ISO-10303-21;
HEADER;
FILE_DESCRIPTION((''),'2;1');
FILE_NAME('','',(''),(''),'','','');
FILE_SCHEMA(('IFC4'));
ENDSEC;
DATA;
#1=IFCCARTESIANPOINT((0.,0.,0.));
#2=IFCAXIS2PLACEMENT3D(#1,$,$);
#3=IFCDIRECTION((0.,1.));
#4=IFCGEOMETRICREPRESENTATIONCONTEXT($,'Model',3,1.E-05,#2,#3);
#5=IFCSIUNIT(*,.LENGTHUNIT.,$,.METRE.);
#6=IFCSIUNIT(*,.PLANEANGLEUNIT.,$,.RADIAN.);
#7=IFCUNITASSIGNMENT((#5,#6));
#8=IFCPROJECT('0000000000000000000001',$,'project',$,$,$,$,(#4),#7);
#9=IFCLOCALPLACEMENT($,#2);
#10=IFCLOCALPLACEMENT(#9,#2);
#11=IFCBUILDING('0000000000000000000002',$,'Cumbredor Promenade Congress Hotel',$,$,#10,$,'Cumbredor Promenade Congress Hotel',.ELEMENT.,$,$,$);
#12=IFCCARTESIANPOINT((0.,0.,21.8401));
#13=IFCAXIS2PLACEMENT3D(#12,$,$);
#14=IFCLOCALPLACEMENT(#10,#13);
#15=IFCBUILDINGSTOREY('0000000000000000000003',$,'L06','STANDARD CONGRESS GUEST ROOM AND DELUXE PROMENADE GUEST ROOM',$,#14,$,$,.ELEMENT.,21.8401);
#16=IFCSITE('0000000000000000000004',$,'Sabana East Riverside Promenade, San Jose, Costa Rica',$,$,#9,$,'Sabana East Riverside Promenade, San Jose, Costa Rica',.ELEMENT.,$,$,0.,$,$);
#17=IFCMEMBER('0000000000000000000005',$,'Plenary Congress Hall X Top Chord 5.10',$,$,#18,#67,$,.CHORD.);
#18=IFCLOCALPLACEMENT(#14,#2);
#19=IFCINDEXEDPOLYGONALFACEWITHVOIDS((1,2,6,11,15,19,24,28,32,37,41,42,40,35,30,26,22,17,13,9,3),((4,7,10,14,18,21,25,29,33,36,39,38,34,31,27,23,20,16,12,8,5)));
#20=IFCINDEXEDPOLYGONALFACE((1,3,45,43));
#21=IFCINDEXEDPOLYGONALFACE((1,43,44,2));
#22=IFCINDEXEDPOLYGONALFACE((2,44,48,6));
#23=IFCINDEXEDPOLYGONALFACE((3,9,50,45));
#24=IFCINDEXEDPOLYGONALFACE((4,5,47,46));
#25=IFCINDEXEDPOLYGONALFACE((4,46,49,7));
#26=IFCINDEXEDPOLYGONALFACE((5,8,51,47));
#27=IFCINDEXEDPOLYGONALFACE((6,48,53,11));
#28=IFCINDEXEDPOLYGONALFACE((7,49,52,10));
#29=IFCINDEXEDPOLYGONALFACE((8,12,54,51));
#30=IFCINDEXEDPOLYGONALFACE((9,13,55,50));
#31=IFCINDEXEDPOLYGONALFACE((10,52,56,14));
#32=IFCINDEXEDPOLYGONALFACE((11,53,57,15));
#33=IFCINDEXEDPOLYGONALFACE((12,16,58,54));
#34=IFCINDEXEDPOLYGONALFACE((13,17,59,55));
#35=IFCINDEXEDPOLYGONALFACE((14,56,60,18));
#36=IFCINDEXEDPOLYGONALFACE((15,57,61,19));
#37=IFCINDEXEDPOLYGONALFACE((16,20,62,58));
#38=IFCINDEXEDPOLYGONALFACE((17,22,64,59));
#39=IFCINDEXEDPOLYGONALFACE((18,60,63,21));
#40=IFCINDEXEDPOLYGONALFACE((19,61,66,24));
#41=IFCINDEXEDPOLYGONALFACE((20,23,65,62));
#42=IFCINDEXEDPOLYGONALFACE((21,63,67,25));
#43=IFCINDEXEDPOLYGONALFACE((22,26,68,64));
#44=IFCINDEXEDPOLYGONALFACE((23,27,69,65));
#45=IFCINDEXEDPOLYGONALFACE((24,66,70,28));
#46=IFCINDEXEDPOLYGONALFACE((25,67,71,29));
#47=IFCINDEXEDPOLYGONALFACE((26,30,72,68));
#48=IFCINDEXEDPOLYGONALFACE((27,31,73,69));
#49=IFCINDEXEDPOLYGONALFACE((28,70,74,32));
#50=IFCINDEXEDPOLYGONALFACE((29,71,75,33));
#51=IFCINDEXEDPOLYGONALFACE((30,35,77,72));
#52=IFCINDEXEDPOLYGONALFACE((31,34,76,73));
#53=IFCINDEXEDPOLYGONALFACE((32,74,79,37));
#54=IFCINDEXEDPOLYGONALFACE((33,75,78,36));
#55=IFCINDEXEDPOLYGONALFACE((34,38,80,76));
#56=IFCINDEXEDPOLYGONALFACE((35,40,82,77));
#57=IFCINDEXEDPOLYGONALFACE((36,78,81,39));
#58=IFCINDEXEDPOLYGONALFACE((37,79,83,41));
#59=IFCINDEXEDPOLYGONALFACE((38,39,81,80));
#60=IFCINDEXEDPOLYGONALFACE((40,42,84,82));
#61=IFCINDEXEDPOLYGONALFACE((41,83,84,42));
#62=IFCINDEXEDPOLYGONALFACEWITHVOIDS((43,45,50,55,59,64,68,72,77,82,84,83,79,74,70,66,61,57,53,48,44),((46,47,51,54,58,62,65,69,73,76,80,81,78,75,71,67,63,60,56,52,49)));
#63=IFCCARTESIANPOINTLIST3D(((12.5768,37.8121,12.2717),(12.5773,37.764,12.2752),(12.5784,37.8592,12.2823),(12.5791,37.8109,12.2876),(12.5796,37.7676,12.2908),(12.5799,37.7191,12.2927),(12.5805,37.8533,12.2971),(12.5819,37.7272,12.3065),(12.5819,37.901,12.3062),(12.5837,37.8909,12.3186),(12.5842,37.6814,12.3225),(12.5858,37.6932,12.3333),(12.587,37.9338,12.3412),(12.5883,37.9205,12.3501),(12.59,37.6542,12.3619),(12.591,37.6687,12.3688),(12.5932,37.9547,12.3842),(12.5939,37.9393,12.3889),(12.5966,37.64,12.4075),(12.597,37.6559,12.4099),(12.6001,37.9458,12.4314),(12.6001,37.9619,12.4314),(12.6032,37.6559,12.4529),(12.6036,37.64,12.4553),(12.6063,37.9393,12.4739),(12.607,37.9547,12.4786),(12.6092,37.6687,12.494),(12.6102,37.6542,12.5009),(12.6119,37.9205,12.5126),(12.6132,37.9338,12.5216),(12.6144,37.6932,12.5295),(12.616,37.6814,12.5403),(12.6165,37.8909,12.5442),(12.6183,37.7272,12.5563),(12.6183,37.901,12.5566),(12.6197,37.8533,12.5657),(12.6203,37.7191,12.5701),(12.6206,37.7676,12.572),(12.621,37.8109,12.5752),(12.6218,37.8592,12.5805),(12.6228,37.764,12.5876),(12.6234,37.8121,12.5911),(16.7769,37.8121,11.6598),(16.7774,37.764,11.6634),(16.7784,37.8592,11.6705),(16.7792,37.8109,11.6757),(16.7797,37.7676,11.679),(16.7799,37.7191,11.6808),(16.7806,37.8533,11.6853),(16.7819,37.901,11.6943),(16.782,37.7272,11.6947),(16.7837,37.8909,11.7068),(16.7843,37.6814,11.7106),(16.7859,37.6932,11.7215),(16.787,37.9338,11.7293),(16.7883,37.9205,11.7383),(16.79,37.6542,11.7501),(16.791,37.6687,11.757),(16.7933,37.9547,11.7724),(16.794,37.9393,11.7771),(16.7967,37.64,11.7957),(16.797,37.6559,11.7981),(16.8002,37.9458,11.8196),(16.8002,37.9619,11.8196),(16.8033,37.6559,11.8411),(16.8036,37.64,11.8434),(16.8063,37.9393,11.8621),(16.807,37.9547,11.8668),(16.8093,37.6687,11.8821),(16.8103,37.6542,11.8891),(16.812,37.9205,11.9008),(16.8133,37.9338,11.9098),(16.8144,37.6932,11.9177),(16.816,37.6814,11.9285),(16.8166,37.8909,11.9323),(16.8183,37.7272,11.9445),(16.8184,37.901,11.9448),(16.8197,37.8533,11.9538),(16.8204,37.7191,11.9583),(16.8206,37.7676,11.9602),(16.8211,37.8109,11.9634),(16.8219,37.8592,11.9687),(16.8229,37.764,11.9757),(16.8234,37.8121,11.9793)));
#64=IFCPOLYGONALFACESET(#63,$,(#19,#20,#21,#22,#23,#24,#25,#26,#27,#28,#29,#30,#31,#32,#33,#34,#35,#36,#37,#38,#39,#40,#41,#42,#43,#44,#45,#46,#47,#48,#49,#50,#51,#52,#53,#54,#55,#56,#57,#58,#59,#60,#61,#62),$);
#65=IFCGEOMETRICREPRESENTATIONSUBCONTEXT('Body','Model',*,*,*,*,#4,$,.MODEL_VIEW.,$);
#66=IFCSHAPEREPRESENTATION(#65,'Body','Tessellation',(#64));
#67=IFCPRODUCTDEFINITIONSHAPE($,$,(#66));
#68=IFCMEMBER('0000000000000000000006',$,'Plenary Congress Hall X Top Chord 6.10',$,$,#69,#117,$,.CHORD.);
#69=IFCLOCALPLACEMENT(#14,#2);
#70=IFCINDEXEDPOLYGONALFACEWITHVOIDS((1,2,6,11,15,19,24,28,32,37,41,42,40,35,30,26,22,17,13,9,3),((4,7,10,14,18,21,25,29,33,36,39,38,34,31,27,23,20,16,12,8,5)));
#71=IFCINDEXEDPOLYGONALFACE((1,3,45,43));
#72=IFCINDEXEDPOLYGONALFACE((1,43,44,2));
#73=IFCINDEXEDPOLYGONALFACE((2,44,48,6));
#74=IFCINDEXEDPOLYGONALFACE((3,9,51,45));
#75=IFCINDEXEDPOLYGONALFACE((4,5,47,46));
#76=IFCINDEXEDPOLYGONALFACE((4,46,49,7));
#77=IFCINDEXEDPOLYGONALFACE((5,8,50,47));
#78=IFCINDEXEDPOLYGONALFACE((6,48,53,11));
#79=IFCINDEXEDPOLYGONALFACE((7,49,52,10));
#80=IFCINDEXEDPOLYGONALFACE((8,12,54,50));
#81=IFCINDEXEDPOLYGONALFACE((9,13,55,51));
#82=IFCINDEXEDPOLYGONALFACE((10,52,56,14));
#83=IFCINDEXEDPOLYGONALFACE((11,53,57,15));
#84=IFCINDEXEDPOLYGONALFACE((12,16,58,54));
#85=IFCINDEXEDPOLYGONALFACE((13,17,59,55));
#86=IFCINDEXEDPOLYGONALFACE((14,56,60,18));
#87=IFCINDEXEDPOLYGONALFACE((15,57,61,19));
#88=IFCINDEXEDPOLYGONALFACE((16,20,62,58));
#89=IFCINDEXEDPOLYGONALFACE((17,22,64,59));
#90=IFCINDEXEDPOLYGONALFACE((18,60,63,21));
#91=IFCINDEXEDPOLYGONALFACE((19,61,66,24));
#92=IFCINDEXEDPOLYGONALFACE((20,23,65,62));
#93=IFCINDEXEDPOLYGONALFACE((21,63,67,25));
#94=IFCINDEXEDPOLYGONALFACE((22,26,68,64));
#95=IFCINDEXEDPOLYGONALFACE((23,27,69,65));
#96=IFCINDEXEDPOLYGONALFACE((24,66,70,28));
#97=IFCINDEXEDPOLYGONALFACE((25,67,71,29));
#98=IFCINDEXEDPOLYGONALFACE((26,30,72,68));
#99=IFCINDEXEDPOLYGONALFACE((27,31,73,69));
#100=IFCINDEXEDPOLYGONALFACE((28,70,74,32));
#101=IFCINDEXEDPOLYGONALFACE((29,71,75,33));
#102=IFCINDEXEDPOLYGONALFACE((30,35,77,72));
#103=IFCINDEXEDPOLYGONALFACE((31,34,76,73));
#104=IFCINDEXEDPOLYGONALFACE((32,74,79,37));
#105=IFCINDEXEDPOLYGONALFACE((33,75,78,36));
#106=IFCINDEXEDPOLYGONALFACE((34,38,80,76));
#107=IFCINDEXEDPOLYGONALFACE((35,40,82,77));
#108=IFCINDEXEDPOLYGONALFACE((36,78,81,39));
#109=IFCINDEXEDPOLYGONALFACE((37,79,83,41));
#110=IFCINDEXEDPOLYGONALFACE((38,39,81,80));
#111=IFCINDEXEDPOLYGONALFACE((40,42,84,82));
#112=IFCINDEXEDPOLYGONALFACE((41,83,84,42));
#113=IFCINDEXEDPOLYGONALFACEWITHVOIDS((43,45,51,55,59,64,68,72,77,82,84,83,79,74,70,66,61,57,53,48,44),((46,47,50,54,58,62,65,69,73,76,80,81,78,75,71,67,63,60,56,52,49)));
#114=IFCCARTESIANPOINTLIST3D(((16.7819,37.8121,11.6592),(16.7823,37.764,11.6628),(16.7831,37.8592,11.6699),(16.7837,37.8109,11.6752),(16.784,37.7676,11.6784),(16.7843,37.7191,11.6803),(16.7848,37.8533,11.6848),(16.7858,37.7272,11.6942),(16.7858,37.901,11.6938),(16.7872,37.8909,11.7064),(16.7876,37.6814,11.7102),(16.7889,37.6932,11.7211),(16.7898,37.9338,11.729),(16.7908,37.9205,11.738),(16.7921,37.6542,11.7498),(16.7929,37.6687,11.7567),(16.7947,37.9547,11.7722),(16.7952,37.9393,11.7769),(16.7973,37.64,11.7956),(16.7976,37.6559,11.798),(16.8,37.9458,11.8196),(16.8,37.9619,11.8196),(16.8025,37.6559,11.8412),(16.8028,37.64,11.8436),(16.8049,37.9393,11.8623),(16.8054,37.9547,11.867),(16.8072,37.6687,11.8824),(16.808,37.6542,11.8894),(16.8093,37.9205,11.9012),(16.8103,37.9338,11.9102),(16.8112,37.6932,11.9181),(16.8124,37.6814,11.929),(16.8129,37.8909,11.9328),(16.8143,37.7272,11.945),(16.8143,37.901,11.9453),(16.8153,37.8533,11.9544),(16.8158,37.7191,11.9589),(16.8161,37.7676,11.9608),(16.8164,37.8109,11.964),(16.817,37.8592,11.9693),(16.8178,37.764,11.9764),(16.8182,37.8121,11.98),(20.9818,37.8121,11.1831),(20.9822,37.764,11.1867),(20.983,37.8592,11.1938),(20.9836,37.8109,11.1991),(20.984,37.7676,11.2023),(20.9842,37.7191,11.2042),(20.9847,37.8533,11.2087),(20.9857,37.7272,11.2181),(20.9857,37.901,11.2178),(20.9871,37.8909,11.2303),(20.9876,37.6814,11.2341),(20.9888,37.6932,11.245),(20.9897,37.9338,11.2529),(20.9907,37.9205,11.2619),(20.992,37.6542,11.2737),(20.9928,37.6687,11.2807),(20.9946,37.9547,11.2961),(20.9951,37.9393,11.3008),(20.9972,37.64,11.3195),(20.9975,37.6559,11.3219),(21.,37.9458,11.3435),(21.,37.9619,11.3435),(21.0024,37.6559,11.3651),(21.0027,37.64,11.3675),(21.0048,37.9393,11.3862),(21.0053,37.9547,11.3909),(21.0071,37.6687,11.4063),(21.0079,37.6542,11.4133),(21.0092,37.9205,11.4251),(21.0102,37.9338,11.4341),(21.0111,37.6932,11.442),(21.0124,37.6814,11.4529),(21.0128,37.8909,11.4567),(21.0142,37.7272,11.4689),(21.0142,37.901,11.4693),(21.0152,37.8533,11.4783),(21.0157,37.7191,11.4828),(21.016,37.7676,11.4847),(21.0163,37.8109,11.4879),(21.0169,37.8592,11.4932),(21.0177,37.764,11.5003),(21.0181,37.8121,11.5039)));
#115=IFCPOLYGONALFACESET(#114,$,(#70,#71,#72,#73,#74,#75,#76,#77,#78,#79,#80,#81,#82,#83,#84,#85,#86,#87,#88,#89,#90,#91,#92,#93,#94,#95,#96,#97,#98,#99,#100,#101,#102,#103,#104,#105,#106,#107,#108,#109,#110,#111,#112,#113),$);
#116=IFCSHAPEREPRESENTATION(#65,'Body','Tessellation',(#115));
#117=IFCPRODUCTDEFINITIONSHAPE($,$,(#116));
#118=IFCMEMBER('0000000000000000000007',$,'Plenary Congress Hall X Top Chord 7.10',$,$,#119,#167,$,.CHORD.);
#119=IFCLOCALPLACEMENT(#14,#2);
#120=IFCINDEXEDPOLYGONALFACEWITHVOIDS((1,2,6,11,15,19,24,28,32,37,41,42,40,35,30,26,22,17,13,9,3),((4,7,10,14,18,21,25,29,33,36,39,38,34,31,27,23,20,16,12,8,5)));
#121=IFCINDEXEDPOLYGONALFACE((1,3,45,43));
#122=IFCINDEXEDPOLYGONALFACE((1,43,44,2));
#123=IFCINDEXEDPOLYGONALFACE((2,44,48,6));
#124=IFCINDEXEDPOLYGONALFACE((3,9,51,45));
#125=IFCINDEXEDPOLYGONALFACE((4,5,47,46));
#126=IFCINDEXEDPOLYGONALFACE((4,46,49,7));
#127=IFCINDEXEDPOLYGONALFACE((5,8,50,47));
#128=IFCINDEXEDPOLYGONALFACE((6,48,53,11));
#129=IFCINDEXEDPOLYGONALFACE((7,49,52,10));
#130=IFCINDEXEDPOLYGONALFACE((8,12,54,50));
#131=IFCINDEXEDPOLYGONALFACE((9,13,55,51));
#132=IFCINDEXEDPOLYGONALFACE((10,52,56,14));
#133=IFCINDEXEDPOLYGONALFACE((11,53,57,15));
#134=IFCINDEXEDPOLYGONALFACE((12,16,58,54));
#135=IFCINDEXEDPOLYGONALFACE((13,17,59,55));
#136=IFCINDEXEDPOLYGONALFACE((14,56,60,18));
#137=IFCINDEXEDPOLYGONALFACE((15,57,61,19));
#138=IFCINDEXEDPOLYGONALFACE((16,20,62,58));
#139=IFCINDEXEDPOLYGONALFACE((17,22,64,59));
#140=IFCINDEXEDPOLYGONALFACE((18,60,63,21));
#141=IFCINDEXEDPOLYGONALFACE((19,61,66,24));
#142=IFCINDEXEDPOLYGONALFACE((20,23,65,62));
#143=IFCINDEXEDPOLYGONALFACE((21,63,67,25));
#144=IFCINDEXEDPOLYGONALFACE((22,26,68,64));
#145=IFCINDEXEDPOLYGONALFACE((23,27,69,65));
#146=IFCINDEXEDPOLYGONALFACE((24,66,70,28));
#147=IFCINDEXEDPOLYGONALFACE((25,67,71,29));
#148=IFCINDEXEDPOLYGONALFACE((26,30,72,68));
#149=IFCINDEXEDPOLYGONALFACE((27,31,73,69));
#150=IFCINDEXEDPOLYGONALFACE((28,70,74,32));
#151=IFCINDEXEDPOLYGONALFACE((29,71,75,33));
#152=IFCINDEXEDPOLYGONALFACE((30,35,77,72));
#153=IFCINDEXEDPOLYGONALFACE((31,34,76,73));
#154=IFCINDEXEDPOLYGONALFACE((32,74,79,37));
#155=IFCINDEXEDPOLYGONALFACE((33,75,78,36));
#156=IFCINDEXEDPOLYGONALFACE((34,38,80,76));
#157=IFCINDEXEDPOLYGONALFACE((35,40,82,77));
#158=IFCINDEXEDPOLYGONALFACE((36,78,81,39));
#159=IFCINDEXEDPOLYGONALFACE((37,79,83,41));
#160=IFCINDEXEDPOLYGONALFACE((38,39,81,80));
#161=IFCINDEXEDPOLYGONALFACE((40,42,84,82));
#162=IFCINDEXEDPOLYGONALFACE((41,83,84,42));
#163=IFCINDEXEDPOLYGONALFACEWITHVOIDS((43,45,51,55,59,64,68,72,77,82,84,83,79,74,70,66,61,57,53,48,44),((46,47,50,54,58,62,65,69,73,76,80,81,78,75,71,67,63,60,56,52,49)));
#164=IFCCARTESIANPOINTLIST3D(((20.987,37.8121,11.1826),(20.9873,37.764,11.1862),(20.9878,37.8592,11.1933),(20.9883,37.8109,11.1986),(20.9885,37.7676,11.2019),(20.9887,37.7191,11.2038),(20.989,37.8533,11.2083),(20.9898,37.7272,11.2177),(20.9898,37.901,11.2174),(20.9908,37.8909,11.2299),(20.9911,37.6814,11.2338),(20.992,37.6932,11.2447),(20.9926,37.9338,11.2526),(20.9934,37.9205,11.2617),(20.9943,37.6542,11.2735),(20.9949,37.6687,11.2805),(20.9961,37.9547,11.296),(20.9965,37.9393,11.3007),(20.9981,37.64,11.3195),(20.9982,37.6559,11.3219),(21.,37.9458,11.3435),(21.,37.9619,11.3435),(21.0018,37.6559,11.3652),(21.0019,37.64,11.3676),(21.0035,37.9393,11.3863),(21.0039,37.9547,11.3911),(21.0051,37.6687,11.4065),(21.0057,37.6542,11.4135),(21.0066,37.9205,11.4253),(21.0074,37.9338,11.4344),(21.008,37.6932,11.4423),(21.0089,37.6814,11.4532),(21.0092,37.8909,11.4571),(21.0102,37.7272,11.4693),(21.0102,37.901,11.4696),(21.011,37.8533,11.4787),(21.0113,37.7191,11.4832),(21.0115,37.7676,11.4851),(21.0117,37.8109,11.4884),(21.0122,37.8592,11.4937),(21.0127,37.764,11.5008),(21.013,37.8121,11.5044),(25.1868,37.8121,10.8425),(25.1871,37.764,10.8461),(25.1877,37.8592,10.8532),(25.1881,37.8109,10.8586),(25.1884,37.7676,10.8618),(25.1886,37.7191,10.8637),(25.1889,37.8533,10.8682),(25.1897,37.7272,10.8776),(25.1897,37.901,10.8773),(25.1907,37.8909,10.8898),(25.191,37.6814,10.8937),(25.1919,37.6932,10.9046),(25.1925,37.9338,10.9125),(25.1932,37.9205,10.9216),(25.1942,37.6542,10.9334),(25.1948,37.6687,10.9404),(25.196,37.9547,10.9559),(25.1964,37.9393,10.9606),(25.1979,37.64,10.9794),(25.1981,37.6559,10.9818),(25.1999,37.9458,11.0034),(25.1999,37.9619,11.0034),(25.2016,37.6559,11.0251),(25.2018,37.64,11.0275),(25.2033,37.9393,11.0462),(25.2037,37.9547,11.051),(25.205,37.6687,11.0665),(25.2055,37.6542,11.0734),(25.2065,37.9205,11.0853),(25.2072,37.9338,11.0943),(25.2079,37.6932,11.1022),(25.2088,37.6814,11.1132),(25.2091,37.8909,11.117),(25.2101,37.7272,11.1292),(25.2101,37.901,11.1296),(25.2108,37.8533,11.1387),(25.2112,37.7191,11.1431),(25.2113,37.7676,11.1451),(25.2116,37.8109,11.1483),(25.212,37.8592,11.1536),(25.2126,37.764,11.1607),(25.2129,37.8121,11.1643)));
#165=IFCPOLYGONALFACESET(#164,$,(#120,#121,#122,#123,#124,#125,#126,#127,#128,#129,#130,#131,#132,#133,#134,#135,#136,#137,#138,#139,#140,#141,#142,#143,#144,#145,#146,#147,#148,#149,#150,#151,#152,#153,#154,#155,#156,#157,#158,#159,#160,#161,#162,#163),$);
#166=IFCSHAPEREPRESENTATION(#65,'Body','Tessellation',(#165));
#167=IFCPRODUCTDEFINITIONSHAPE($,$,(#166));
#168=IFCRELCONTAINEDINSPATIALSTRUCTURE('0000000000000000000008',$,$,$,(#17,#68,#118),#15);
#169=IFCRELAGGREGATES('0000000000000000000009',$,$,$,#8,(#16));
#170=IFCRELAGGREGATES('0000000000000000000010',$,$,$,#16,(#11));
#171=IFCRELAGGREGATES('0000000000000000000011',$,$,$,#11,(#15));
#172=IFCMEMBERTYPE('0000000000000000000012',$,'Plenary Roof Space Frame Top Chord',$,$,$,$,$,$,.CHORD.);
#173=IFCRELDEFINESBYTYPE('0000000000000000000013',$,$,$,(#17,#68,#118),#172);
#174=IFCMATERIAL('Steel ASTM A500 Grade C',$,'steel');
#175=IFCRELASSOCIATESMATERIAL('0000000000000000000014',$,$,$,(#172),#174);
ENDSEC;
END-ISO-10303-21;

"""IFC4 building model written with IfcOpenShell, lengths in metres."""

from ifc_helpers import new_model, si_unit, direction, frame, origin, origin_2d, place, context, subcontext, project, spatial, hollow_circle, extrude, material, material_profile, profile_set, type_object, element, save


model = new_model("IFC4")

# Units and contexts
model_context = context("Model", 3, precision=1e-05, world=origin(), true_north=direction((0.0, 1.0)))
body_context = subcontext(model_context, "Body", "Model", "MODEL_VIEW")
ifc_project = project(units=[si_unit("LENGTHUNIT", "METRE"), si_unit("PLANEANGLEUNIT", "RADIAN")], contexts=[model_context])

# Site, building, storey
site_placement = place(None, origin())
site = spatial("IfcSite", under=ifc_project, at=site_placement, Name="Sabana East Riverside Promenade, San Jose, Costa Rica", LongName="Sabana East Riverside Promenade, San Jose, Costa Rica", CompositionType="ELEMENT", RefElevation=0.0)
building_placement = place(site_placement, origin())
building = spatial("IfcBuilding", under=site, at=building_placement, Name="Cumbredor Promenade Congress Hotel", LongName="Cumbredor Promenade Congress Hotel", CompositionType="ELEMENT")
storey_placement = place(building_placement, frame((0.0, 0.0, 21.8401)))
storey = spatial("IfcBuildingStorey", under=building, at=storey_placement, Name="L06", Description="STANDARD CONGRESS GUEST ROOM AND DELUXE PROMENADE GUEST ROOM", CompositionType="ELEMENT", Elevation=21.8401)

# Members
ifc_material_1 = material(Name="Steel ASTM A500 Grade C", Category="steel")
ifc_material_profile_1 = material_profile(ifc_material_1, hollow_circle(Radius=0.1619, WallThickness=0.0161, at=origin_2d()), Name="CHS 323.9x16")
ifc_profile_set_1 = profile_set([ifc_material_profile_1], Name="Steel ASTM A500 Grade C")
member_type_1 = type_object("IfcMemberType", Name="Plenary Roof Space Frame Top Chord", PredefinedType="CHORD", material=ifc_profile_set_1)
member_1_placement = place(storey_placement, frame((12.6001, 37.8, 12.4314), z_axis=(0.989556, 0.0, -0.144151), x_axis=(0.0, 1.0, 0.0)))
element("IfcMember", 1, at=member_1_placement, inside=storey, type_object=member_type_1, Name="Plenary Congress Hall X Top Chord 5.10", PredefinedType="CHORD", context=body_context, shape_type="SweptSolid", body=[
    extrude(hollow_circle(Radius=0.1619, WallThickness=0.0161, at=origin_2d()), origin(), (0.0, 0.0, 1.0), 4.2444),
])
member_2_placement = place(storey_placement, frame((16.8, 37.8, 11.8196), z_axis=(0.993637, 0.0, -0.112631), x_axis=(0.0, 1.0, 0.0)))
element("IfcMember", 2, at=member_2_placement, inside=storey, type_object=member_type_1, Name="Plenary Congress Hall X Top Chord 6.10", PredefinedType="CHORD", context=body_context, shape_type="SweptSolid", body=[
    extrude(hollow_circle(Radius=0.1619, WallThickness=0.0161, at=origin_2d()), origin(), (0.0, 0.0, 1.0), 4.2268),
])
member_3_placement = place(storey_placement, frame((21.0, 37.8, 11.3435), z_axis=(0.996738, 0.0, -0.08071), x_axis=(0.0, 1.0, 0.0)))
element("IfcMember", 3, at=member_3_placement, inside=storey, type_object=member_type_1, Name="Plenary Congress Hall X Top Chord 7.10", PredefinedType="CHORD", context=body_context, shape_type="SweptSolid", body=[
    extrude(hollow_circle(Radius=0.1619, WallThickness=0.0161, at=origin_2d()), origin(), (0.0, 0.0, 1.0), 4.2136),
])

save(model, "model.ifc")
